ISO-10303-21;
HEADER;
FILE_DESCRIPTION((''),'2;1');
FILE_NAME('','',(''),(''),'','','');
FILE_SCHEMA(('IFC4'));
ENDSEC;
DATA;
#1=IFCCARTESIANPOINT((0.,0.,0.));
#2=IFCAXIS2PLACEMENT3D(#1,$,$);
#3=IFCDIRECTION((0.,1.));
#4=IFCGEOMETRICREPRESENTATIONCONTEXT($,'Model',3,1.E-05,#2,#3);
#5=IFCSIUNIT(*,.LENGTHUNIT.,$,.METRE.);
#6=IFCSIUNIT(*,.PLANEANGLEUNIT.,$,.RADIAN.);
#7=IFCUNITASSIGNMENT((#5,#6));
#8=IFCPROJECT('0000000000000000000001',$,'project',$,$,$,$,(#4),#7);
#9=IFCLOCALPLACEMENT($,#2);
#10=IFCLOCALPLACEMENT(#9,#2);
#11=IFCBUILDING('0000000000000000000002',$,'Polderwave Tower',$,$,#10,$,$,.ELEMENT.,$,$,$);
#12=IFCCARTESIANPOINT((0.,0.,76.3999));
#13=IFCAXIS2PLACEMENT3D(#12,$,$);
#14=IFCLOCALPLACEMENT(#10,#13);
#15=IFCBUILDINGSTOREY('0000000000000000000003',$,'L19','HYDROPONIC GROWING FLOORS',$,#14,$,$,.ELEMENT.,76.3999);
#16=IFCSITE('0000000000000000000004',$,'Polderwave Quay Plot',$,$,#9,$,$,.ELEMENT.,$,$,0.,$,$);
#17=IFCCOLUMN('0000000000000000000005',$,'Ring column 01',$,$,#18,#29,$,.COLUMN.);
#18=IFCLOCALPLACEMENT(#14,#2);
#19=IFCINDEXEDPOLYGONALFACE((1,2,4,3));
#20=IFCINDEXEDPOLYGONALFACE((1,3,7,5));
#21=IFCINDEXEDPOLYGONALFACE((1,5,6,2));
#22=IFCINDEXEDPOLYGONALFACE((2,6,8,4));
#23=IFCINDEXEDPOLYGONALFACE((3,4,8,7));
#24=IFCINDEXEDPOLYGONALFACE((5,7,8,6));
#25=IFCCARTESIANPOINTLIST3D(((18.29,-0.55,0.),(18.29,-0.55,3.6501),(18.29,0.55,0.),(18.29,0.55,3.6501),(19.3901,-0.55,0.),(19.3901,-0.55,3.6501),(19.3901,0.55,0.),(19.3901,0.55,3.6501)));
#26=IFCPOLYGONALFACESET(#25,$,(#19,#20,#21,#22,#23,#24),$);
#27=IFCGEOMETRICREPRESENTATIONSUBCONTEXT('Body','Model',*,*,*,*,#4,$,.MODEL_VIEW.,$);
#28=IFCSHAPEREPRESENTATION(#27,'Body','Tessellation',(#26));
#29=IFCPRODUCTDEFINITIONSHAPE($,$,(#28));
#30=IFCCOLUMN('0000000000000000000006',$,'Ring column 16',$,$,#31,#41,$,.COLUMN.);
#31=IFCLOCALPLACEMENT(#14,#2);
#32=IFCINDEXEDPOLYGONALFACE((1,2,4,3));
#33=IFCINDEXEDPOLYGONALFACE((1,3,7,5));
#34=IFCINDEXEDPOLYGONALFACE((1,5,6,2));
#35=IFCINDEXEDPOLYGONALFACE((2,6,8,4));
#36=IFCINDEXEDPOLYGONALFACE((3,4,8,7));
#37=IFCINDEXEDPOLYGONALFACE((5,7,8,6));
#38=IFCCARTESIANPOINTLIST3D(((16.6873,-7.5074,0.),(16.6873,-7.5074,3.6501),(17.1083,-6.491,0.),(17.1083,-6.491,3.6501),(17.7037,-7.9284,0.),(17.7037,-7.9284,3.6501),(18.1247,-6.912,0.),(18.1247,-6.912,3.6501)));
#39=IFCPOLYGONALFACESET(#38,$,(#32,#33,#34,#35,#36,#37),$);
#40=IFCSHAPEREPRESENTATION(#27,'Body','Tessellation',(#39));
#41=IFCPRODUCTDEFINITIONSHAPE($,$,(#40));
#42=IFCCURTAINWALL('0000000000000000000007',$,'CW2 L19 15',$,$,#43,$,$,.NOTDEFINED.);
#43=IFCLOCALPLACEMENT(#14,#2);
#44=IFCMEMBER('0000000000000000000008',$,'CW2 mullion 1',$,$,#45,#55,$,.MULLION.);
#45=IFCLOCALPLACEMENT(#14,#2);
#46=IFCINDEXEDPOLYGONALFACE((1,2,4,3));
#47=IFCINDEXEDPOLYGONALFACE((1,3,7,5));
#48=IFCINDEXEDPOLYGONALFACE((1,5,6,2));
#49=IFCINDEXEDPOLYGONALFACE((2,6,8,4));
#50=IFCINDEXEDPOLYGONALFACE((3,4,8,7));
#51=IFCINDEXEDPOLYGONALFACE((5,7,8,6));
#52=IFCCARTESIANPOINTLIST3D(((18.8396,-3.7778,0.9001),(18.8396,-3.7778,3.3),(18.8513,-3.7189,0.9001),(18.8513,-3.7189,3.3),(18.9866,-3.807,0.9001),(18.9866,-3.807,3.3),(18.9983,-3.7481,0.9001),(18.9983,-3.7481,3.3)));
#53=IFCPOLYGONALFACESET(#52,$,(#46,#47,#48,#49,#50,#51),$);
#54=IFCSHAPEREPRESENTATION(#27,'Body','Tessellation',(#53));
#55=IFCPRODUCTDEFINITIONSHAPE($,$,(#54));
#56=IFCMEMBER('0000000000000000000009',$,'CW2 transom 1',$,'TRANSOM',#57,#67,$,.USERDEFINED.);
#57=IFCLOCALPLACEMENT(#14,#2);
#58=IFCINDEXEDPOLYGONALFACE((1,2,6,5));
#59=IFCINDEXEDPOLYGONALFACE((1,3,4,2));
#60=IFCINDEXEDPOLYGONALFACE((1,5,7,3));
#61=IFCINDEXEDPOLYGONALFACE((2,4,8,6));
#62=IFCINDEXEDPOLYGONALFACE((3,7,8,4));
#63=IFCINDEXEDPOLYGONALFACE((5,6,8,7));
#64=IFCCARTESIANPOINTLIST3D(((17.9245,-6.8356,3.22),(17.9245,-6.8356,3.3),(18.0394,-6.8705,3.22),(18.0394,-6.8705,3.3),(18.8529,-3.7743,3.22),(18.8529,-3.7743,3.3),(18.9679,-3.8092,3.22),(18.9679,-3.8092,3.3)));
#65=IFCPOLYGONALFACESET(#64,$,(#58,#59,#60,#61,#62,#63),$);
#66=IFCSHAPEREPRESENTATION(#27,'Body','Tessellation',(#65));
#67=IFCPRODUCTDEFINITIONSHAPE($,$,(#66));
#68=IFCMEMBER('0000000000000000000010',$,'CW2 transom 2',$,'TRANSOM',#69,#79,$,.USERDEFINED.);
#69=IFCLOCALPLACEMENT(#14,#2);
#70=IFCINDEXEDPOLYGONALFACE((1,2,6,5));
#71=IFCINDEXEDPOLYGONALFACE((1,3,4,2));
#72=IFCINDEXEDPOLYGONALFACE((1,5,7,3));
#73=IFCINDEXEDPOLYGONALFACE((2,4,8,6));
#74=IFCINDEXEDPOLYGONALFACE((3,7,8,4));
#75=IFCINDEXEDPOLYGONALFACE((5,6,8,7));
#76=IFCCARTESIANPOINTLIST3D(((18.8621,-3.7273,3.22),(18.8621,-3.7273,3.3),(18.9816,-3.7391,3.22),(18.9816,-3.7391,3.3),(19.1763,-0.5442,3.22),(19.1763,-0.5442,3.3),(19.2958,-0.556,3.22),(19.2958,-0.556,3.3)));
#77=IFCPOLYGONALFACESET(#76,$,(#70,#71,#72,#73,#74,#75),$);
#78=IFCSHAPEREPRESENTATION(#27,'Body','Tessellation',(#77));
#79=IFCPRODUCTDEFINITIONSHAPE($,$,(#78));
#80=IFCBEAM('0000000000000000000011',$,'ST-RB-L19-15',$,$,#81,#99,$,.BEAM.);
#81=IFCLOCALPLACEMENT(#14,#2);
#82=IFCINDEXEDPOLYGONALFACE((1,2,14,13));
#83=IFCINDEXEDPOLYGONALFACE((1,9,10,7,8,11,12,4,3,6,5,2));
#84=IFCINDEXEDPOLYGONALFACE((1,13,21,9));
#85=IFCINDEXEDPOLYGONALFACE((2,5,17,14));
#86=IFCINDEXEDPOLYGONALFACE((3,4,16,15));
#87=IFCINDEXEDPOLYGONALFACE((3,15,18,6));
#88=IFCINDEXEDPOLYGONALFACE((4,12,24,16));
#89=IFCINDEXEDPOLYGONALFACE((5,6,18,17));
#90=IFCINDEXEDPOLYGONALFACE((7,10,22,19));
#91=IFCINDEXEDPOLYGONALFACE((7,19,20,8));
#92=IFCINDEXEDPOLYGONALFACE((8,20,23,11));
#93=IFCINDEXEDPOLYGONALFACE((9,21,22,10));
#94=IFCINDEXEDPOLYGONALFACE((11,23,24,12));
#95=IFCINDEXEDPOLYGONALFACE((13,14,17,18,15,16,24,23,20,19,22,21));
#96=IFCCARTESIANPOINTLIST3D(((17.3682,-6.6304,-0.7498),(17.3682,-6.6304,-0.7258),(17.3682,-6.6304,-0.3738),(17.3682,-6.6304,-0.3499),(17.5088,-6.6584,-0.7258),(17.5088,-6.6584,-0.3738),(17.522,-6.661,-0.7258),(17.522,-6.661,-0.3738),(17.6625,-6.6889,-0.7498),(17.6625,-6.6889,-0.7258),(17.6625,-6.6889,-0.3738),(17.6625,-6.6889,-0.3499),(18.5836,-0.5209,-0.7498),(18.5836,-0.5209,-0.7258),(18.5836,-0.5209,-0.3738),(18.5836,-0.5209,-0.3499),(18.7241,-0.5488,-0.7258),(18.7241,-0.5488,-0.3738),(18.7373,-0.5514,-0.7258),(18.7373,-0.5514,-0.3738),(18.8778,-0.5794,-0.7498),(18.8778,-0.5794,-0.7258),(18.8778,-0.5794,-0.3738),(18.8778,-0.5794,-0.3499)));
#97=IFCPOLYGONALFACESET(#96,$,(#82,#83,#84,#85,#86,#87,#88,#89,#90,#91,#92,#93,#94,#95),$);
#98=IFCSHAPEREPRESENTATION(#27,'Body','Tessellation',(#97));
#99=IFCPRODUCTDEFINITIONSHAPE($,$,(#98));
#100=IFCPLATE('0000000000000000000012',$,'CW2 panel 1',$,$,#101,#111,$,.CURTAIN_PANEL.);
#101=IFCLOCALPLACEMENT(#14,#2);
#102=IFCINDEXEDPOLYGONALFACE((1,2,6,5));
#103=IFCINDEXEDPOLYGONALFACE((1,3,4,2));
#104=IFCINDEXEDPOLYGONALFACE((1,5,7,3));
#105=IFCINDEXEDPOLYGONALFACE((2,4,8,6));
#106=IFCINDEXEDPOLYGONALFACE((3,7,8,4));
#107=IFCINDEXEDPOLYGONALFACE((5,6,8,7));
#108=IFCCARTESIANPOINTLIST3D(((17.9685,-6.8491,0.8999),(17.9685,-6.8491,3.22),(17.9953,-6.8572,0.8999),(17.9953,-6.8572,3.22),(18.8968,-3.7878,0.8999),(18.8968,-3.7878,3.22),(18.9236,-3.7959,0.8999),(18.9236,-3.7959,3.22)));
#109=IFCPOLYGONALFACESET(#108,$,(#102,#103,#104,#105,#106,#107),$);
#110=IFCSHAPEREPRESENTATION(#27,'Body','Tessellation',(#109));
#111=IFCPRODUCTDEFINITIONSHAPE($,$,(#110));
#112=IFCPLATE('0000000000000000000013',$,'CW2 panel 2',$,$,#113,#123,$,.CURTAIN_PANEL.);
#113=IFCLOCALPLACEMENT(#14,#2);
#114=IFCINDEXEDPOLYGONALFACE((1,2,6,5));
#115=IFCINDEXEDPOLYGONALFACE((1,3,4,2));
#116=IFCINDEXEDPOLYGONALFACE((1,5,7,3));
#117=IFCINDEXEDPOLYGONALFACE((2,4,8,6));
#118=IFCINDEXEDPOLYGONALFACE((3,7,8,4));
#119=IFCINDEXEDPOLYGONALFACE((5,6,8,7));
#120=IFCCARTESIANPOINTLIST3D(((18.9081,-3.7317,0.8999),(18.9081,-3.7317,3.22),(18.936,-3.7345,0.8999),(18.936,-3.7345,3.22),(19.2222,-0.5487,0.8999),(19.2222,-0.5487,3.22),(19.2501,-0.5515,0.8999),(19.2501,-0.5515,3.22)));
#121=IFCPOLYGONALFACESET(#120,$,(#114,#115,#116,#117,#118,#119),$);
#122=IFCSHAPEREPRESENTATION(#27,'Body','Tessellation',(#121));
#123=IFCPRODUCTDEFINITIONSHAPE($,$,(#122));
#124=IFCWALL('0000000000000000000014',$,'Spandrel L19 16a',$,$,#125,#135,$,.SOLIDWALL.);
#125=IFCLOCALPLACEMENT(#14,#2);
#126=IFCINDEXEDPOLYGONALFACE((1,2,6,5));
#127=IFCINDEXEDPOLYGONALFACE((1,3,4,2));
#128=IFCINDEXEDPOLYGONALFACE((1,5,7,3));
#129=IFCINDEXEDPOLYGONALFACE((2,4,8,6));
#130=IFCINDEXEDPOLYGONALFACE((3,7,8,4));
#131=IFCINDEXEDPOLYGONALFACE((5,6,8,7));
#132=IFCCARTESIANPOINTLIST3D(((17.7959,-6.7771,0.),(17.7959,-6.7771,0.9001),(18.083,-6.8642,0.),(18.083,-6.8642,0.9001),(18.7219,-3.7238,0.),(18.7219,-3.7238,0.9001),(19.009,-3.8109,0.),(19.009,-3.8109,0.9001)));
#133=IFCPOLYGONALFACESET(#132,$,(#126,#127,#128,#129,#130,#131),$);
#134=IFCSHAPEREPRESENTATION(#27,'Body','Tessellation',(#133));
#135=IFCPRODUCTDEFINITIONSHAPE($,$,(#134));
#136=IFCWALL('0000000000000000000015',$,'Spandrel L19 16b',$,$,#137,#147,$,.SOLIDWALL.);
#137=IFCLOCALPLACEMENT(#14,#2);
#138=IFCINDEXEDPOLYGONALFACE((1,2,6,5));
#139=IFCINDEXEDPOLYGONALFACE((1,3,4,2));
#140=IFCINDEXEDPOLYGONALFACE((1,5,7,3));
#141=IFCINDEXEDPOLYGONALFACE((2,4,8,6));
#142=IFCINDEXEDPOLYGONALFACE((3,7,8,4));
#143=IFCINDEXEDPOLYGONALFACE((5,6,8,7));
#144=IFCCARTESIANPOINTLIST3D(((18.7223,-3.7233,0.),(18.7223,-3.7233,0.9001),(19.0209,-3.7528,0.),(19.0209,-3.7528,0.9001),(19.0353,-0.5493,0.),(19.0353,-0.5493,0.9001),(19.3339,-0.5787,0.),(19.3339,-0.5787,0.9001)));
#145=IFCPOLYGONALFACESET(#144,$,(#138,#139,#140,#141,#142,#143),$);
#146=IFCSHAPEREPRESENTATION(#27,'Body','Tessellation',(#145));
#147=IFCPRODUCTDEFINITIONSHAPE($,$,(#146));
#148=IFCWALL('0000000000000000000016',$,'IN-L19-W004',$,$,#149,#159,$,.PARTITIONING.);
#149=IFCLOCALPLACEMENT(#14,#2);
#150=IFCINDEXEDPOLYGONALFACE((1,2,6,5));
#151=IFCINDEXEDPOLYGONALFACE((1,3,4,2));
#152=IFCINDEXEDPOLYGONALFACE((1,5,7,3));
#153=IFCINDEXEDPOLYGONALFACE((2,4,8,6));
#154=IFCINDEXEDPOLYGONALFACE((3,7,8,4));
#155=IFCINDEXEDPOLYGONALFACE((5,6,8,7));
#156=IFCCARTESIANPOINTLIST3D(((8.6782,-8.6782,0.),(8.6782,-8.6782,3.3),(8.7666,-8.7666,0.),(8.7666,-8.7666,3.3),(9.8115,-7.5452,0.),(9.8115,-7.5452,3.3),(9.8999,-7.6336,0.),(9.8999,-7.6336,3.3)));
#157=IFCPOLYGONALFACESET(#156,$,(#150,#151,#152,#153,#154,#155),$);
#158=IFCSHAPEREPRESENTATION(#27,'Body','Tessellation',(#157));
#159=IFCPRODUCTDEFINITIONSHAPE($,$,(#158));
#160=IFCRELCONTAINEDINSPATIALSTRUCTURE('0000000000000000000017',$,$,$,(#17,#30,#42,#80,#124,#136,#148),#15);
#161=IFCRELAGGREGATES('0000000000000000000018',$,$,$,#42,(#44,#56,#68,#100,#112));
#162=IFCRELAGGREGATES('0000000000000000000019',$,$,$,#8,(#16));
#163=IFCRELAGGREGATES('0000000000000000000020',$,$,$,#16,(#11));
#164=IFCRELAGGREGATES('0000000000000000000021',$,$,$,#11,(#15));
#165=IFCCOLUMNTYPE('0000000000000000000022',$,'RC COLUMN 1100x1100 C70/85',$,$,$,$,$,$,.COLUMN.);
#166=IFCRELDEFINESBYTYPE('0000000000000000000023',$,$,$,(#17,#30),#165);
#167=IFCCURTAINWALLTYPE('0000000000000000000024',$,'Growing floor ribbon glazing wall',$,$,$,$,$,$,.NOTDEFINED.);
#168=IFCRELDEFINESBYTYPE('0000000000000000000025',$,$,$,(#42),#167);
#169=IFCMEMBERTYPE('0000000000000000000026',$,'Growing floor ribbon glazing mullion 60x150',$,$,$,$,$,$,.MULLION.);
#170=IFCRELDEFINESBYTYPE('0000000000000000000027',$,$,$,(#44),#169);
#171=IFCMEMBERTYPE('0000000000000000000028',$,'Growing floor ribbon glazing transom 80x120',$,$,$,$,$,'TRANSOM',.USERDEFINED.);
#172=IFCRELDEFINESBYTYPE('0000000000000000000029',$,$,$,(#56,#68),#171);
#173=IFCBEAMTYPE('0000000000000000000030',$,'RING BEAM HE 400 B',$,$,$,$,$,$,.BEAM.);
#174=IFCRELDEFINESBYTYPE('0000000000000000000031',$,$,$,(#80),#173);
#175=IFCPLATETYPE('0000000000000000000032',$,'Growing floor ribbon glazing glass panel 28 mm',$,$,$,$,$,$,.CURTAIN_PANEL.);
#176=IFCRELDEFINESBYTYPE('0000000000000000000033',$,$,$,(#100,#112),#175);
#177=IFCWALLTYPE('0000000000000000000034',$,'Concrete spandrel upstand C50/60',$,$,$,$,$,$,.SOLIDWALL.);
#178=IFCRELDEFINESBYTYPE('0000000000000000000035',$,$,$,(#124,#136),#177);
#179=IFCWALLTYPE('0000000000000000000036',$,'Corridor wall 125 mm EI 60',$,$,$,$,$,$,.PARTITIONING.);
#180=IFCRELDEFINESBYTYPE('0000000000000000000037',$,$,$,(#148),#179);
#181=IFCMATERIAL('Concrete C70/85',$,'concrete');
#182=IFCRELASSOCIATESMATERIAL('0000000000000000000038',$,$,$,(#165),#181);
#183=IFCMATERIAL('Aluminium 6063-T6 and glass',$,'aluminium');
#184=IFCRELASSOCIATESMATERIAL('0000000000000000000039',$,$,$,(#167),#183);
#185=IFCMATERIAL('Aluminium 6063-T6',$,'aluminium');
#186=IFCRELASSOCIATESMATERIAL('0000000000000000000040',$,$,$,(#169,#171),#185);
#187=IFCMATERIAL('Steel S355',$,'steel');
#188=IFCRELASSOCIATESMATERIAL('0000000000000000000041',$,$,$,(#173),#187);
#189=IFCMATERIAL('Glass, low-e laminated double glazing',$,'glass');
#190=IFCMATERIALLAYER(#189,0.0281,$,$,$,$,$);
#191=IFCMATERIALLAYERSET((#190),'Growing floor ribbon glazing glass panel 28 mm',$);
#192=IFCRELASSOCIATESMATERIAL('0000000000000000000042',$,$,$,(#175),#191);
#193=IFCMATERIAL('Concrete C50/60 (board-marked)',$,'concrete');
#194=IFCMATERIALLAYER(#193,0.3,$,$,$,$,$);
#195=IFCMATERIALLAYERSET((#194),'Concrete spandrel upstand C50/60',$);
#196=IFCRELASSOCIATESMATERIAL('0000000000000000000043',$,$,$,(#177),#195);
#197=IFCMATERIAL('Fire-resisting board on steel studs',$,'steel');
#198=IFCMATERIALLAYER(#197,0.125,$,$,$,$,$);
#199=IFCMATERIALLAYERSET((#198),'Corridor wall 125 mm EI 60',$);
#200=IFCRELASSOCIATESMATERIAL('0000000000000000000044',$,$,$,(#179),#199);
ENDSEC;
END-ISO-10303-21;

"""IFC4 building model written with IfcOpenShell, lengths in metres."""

from ifc_helpers import new_model, si_unit, direction, frame, frame_2d, origin, origin_2d, place, context, subcontext, project, spatial, rectangle, i_section, extrude, material, layer, layer_set, material_profile, profile_set, type_object, element, aggregate, save


model = new_model("IFC4")

# Units and contexts
model_context = context("Model", 3, precision=1e-05, world=origin(), true_north=direction((0.0, 1.0)))
body_context = subcontext(model_context, "Body", "Model", "MODEL_VIEW")
ifc_project = project(units=[si_unit("LENGTHUNIT", "METRE"), si_unit("PLANEANGLEUNIT", "RADIAN")], contexts=[model_context])

# Site, building, storey
site_placement = place(None, origin())
site = spatial("IfcSite", under=ifc_project, at=site_placement, Name="Polderwave Quay Plot", CompositionType="ELEMENT", RefElevation=0.0)
building_placement = place(site_placement, origin())
building = spatial("IfcBuilding", under=site, at=building_placement, Name="Polderwave Tower", CompositionType="ELEMENT")
storey_placement = place(building_placement, frame((0.0, 0.0, 76.3999)))
storey = spatial("IfcBuildingStorey", under=building, at=storey_placement, Name="L19", Description="HYDROPONIC GROWING FLOORS", CompositionType="ELEMENT", Elevation=76.3999)

# Columns
ifc_material_1 = material(Name="Concrete C70/85", Category="concrete")
ifc_material_profile_1 = material_profile(ifc_material_1, rectangle(XDim=1.1001, YDim=1.1001, at=origin_2d()), Name="RC 1100x1100")
ifc_profile_set_1 = profile_set([ifc_material_profile_1], Name="Concrete C70/85")
column_type = type_object("IfcColumnType", Name="RC COLUMN 1100x1100 C70/85", PredefinedType="COLUMN", material=ifc_profile_set_1)
for number, where, z_axis, x_axis, name in (
    (1, (18.8401, 0.0, 0.0), (0.0, 0.0, 1.0), (1.0, 0.0, 0.0), "Ring column 01"),
    (2, (17.406, -7.2097, 0.0), (0.0, 0.0, 1.0), (0.92388, -0.382683, 0.0), "Ring column 16"),
):
    element("IfcColumn", number, at=place(storey_placement, frame(where, z_axis=z_axis, x_axis=x_axis)), inside=storey, type_object=column_type, Name=name, PredefinedType="COLUMN", context=body_context, shape_type="SweptSolid", body=[
        extrude(rectangle(XDim=1.1001, YDim=1.1001, at=origin_2d()), origin(), (0.0, 0.0, 1.0), 3.6501),
    ])

# Curtain wall, members
ifc_material_2 = material(Name="Aluminium 6063-T6 and glass", Category="aluminium")
curtain_wall_type = type_object("IfcCurtainWallType", Name="Growing floor ribbon glazing wall", PredefinedType="NOTDEFINED", material=ifc_material_2)
curtain_wall_placement = place(storey_placement, origin())
curtain_wall = element("IfcCurtainWall", 3, at=curtain_wall_placement, inside=storey, type_object=curtain_wall_type, Name="CW2 L19 15", PredefinedType="NOTDEFINED")
ifc_material_3 = material(Name="Aluminium 6063-T6", Category="aluminium")
ifc_material_profile_2 = material_profile(ifc_material_3, rectangle(XDim=0.1499, YDim=0.0601, at=origin_2d()), Name="AL 60x150")
ifc_profile_set_2 = profile_set([ifc_material_profile_2], Name="Aluminium 6063-T6")
member_type_1 = type_object("IfcMemberType", Name="Growing floor ribbon glazing mullion 60x150", PredefinedType="MULLION", material=ifc_profile_set_2)
member_1_placement = place(storey_placement, frame((18.9189, -3.7629, 0.9001), z_axis=(0.0, 0.0, 1.0), x_axis=(-0.980779, 0.195123, 0.0)))
member_1 = element("IfcMember", 4, at=member_1_placement, type_object=member_type_1, Name="CW2 mullion 1", PredefinedType="MULLION", context=body_context, shape_type="SweptSolid", body=[
    extrude(rectangle(XDim=0.1499, YDim=0.0601, at=origin_2d()), origin(), (0.0, 0.0, 1.0), 2.3999),
])
ifc_material_profile_3 = material_profile(ifc_material_3, rectangle(XDim=0.1201, YDim=0.0801, at=origin_2d()), Name="AL 80x120")
ifc_profile_set_3 = profile_set([ifc_material_profile_3], Name="Aluminium 6063-T6")
member_type_2 = type_object("IfcMemberType", Name="Growing floor ribbon glazing transom 80x120", ElementType="TRANSOM", PredefinedType="USERDEFINED", material=ifc_profile_set_3)
member_2_placement = place(storey_placement, frame((17.9819, -6.853, 3.26), z_axis=(0.290238, 0.956954, 0.0), x_axis=(-0.956954, 0.290238, 0.0)))
member_2 = element("IfcMember", 5, at=member_2_placement, type_object=member_type_2, Name="CW2 transom 1", ObjectType="TRANSOM", PredefinedType="USERDEFINED", context=body_context, shape_type="SweptSolid", body=[
    extrude(rectangle(XDim=0.1201, YDim=0.0801, at=origin_2d()), origin(), (0.0, 0.0, 1.0), 3.199),
])
member_3_placement = place(storey_placement, frame((18.9219, -3.7332, 3.26), z_axis=(0.098234, 0.995163, 0.0), x_axis=(-0.995163, 0.098234, 0.0)))
member_3 = element("IfcMember", 6, at=member_3_placement, type_object=member_type_2, Name="CW2 transom 2", ObjectType="TRANSOM", PredefinedType="USERDEFINED", context=body_context, shape_type="SweptSolid", body=[
    extrude(rectangle(XDim=0.1201, YDim=0.0801, at=origin_2d()), origin(), (0.0, 0.0, 1.0), 3.1985),
])

# Beam
ifc_material_4 = material(Name="Steel S355", Category="steel")
ifc_material_profile_4 = material_profile(ifc_material_4, i_section(OverallWidth=0.3, OverallDepth=0.3999, WebThickness=0.0134, FlangeThickness=0.0239, at=origin_2d()), Name="HE 400 B")
ifc_profile_set_4 = profile_set([ifc_material_profile_4], Name="Steel S355")
beam_type = type_object("IfcBeamType", Name="RING BEAM HE 400 B", PredefinedType="BEAM", material=ifc_profile_set_4)
beam_placement = place(storey_placement, frame((17.5154, -6.6597, -0.5498), z_axis=(0.195099, 0.980784, 0.0), x_axis=(-0.980784, 0.195099, 0.0)))
element("IfcBeam", 7, at=beam_placement, inside=storey, type_object=beam_type, Name="ST-RB-L19-15", PredefinedType="BEAM", context=body_context, shape_type="SweptSolid", body=[
    extrude(i_section(OverallWidth=0.3, OverallDepth=0.3999, WebThickness=0.0134, FlangeThickness=0.0239, at=origin_2d()), origin(), (0.0, 0.0, 1.0), 6.2292),
])

# Plates
ifc_material_5 = material(Name="Glass, low-e laminated double glazing", Category="glass")
ifc_layer_1 = layer(ifc_material_5, 0.0281)
ifc_layer_set_1 = layer_set([ifc_layer_1], Name="Growing floor ribbon glazing glass panel 28 mm")
plate_type = type_object("IfcPlateType", Name="Growing floor ribbon glazing glass panel 28 mm", PredefinedType="CURTAIN_PANEL", material=ifc_layer_set_1)
plate_1_placement = place(storey_placement, frame((18.446, -5.3225, 0.8999), z_axis=(0.0, 0.0, 1.0), x_axis=(0.290188, 0.95697, 0.0)))
plate_1 = element("IfcPlate", 8, at=plate_1_placement, type_object=plate_type, Name="CW2 panel 1", PredefinedType="CURTAIN_PANEL", context=body_context, shape_type="SweptSolid", body=[
    extrude(rectangle(XDim=3.199, YDim=0.0281, at=origin_2d()), origin(), (0.0, 0.0, 1.0), 2.3201),
])
plate_2_placement = place(storey_placement, frame((19.0791, -2.1416, 0.8999), z_axis=(0.0, 0.0, 1.0), x_axis=(0.098186, 0.995168, 0.0)))
plate_2 = element("IfcPlate", 9, at=plate_2_placement, type_object=plate_type, Name="CW2 panel 2", PredefinedType="CURTAIN_PANEL", context=body_context, shape_type="SweptSolid", body=[
    extrude(rectangle(XDim=3.1985, YDim=0.0281, at=origin_2d()), origin(), (0.0, 0.0, 1.0), 2.3201),
])
aggregate(curtain_wall, [member_1, member_2, member_3, plate_1, plate_2])

# Walls
ifc_material_6 = material(Name="Concrete C50/60 (board-marked)", Category="concrete")
ifc_layer_2 = layer(ifc_material_6, 0.3)
ifc_layer_set_2 = layer_set([ifc_layer_2], Name="Concrete spandrel upstand C50/60")
wall_type_1 = type_object("IfcWallType", Name="Concrete spandrel upstand C50/60", PredefinedType="SOLIDWALL", material=ifc_layer_set_2)
wall_1_placement = place(storey_placement, frame((17.9395, -6.8206, 0.0), z_axis=(0.0, 0.0, 1.0), x_axis=(0.290239, 0.956954, 0.0)))
element("IfcWall", 10, at=wall_1_placement, inside=storey, type_object=wall_type_1, Name="Spandrel L19 16a", PredefinedType="SOLIDWALL", context=body_context, shape_type="SweptSolid", body=[
    extrude(rectangle(XDim=3.1907, YDim=0.3, at=frame_2d((1.5952, 0.0))), origin(), (0.0, 0.0, 1.0), 0.9001),
])
wall_2_placement = place(storey_placement, frame((18.8716, -3.738, 0.0), z_axis=(0.0, 0.0, 1.0), x_axis=(0.098132, 0.995173, 0.0)))
element("IfcWall", 11, at=wall_2_placement, inside=storey, type_object=wall_type_1, Name="Spandrel L19 16b", PredefinedType="SOLIDWALL", context=body_context, shape_type="SweptSolid", body=[
    extrude(rectangle(XDim=3.1895, YDim=0.3, at=frame_2d((1.5947, 0.0))), origin(), (0.0, 0.0, 1.0), 0.9001),
])
ifc_material_7 = material(Name="Fire-resisting board on steel studs", Category="steel")
ifc_layer_3 = layer(ifc_material_7, 0.125)
ifc_layer_set_3 = layer_set([ifc_layer_3], Name="Corridor wall 125 mm EI 60")
wall_type_2 = type_object("IfcWallType", Name="Corridor wall 125 mm EI 60", PredefinedType="PARTITIONING", material=ifc_layer_set_3)
wall_3_placement = place(storey_placement, frame((9.8557, -7.5894, 0.0), z_axis=(0.0, 0.0, 1.0), x_axis=(-0.707183, -0.707031, 0.0)))
element("IfcWall", 12, at=wall_3_placement, inside=storey, type_object=wall_type_2, Name="IN-L19-W004", PredefinedType="PARTITIONING", context=body_context, shape_type="SweptSolid", body=[
    extrude(rectangle(XDim=1.6025, YDim=0.125, at=frame_2d((0.8013, 0.0))), origin(), (0.0, 0.0, 1.0), 3.3),
])

save(model, "model.ifc")
